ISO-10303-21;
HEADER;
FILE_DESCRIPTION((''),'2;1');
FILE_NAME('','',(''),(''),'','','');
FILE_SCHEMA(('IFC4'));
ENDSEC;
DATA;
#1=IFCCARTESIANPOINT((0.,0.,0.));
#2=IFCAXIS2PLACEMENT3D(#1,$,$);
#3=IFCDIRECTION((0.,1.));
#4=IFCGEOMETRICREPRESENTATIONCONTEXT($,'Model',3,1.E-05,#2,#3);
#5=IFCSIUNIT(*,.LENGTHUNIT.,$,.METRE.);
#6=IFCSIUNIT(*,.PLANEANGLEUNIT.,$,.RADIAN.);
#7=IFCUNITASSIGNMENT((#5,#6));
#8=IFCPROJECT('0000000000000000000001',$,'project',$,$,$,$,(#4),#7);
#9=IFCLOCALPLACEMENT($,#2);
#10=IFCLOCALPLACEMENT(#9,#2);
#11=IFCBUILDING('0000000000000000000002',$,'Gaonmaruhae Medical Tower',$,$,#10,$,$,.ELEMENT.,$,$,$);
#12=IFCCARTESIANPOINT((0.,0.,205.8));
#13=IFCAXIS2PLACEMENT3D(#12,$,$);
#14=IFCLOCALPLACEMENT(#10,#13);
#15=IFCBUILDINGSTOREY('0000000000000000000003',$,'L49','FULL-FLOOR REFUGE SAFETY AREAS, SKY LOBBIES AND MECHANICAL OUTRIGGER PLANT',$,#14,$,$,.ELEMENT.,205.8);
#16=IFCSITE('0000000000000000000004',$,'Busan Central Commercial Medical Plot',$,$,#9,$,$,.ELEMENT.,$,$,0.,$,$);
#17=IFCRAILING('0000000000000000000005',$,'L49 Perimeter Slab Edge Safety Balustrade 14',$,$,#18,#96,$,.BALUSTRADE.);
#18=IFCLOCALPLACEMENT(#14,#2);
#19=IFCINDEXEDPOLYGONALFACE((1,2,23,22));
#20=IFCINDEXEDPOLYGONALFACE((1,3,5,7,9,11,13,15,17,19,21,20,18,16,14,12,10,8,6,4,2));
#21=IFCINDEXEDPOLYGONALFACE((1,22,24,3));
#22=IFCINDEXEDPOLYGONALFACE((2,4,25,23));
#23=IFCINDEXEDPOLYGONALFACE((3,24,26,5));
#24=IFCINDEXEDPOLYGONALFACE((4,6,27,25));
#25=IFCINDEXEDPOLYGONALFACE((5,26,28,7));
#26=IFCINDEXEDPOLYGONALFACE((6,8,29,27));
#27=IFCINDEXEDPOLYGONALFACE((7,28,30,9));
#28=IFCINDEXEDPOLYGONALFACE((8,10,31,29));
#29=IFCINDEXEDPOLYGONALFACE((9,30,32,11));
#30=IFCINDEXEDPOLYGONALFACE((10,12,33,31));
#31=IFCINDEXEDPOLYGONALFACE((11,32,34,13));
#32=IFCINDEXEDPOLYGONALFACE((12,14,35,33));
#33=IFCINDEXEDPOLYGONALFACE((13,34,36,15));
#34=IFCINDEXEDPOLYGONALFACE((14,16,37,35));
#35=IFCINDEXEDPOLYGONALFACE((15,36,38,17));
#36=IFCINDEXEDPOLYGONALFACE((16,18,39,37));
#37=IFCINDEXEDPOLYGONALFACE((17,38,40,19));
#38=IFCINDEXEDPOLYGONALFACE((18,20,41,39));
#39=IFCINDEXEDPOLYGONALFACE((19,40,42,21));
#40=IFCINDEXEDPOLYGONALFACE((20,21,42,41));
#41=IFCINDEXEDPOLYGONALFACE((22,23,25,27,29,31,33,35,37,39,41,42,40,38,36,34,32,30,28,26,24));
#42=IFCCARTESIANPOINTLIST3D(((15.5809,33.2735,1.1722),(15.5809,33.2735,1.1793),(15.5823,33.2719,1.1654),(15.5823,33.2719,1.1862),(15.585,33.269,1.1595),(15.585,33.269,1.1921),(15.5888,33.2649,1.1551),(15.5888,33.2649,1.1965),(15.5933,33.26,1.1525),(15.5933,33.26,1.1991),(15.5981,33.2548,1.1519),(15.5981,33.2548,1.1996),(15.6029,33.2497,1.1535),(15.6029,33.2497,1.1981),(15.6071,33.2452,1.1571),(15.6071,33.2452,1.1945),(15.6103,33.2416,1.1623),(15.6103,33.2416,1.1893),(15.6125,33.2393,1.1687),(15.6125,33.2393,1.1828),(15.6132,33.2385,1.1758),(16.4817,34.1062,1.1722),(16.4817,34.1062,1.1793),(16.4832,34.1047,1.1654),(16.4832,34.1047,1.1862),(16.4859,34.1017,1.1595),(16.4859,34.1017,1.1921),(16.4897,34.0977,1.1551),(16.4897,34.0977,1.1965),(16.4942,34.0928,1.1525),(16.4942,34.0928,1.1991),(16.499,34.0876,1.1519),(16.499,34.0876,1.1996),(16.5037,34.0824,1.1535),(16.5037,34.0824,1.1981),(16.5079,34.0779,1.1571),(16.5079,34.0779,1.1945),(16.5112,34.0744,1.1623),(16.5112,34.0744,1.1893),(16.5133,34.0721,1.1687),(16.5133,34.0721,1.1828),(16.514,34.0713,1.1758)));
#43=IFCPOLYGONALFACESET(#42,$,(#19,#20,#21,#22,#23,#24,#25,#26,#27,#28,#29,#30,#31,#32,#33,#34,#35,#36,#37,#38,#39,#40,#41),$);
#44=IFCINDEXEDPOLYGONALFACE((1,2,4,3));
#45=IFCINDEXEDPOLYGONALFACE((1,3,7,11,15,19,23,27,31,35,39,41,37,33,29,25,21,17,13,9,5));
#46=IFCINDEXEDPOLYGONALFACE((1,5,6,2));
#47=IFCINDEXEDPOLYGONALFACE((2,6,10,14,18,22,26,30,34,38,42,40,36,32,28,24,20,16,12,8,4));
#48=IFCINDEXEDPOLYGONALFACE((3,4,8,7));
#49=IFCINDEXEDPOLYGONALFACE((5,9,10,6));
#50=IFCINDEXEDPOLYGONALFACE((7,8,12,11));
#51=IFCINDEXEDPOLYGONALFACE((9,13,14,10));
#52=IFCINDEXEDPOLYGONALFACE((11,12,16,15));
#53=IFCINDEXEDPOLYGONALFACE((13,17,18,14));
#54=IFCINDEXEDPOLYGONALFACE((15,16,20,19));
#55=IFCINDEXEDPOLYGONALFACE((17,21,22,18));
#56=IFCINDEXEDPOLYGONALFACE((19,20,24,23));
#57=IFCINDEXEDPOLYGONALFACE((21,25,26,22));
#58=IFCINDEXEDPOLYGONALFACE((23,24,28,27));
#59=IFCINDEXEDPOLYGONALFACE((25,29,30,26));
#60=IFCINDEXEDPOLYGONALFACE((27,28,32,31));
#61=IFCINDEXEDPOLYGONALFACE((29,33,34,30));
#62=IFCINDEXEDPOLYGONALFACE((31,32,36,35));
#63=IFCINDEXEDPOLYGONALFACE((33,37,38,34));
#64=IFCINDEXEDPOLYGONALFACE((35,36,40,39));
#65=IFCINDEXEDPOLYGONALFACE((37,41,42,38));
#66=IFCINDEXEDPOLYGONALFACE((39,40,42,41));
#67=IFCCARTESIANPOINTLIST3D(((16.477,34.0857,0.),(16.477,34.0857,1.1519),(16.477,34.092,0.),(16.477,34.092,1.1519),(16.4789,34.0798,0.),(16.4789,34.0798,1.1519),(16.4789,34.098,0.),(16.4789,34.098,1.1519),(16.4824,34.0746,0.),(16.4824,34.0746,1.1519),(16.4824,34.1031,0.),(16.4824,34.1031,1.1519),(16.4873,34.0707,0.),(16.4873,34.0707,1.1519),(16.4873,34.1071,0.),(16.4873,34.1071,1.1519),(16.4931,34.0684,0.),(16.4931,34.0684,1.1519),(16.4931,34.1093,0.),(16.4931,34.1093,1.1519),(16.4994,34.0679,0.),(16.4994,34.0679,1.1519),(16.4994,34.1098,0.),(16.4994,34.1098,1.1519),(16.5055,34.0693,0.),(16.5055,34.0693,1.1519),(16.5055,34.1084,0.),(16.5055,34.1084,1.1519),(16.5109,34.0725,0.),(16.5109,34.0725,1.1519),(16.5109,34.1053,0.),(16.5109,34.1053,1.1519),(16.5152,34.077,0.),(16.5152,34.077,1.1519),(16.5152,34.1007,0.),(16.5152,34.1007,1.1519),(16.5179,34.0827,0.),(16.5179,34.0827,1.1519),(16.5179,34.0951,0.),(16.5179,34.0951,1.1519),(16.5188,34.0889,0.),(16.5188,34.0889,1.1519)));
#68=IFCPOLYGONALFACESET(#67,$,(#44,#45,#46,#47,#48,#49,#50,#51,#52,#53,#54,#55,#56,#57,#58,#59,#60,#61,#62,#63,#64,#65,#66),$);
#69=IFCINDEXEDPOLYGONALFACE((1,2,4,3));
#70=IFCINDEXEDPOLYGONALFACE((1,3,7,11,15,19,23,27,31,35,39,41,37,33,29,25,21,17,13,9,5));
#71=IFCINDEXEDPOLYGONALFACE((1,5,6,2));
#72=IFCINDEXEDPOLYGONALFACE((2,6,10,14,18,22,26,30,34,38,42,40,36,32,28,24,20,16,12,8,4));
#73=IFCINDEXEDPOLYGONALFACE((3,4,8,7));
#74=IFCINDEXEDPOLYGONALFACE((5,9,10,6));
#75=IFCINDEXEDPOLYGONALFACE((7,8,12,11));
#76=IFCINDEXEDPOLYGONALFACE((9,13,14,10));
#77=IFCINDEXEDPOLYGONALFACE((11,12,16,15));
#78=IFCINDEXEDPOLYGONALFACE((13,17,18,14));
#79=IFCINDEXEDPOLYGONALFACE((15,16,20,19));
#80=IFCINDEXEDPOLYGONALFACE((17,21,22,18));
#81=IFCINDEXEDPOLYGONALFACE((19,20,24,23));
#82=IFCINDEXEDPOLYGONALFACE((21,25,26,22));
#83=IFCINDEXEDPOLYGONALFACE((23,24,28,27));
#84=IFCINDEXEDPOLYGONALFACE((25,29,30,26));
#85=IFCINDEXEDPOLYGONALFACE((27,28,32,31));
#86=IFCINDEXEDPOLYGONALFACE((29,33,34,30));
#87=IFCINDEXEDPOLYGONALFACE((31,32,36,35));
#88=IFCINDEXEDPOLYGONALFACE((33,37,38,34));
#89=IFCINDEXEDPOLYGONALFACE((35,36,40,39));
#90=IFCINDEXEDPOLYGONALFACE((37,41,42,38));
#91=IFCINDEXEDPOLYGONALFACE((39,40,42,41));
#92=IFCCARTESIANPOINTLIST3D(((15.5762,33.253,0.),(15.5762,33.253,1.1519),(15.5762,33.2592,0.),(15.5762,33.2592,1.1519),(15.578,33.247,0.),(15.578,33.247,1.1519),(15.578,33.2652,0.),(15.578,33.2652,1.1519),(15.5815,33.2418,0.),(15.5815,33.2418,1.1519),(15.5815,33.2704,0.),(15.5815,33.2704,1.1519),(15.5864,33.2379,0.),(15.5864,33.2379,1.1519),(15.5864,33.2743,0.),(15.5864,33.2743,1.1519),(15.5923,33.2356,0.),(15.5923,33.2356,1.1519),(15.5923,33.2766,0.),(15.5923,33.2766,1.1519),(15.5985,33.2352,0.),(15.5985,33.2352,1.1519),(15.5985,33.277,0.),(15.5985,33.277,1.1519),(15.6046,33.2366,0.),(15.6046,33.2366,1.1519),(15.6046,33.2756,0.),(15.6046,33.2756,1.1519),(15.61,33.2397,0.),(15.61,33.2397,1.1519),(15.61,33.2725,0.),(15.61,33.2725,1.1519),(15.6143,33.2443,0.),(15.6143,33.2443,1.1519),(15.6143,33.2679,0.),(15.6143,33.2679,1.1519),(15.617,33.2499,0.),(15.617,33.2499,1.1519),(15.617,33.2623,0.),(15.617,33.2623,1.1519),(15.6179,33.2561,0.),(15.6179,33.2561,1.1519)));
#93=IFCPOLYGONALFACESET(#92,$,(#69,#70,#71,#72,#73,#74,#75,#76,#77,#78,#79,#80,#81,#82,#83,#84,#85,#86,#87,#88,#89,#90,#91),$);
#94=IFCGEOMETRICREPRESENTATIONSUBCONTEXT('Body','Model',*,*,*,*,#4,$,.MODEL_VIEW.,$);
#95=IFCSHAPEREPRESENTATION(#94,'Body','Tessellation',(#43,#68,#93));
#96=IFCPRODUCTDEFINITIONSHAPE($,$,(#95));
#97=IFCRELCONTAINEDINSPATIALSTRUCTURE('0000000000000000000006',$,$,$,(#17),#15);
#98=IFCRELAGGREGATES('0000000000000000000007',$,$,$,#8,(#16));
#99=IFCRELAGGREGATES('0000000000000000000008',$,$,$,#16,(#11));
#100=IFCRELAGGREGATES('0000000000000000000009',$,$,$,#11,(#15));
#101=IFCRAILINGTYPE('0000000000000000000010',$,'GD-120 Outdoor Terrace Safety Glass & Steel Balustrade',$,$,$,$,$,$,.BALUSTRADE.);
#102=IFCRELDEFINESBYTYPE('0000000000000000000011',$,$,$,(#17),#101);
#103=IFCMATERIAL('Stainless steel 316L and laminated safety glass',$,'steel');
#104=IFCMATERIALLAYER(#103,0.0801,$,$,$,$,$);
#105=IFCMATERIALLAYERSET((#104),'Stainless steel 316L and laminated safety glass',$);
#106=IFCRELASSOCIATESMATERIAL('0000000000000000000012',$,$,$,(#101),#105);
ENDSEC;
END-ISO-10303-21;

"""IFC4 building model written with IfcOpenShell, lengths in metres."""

from ifc_helpers import new_model, si_unit, direction, frame, origin, origin_2d, place, context, subcontext, project, spatial, circle, extrude, material, layer, layer_set, type_object, element, save


model = new_model("IFC4")

# Units and contexts
model_context = context("Model", 3, precision=1e-05, world=origin(), true_north=direction((0.0, 1.0)))
body_context = subcontext(model_context, "Body", "Model", "MODEL_VIEW")
ifc_project = project(units=[si_unit("LENGTHUNIT", "METRE"), si_unit("PLANEANGLEUNIT", "RADIAN")], contexts=[model_context])

# Site, building, storey
site_placement = place(None, origin())
site = spatial("IfcSite", under=ifc_project, at=site_placement, Name="Busan Central Commercial Medical Plot", CompositionType="ELEMENT", RefElevation=0.0)
building_placement = place(site_placement, origin())
building = spatial("IfcBuilding", under=site, at=building_placement, Name="Gaonmaruhae Medical Tower", CompositionType="ELEMENT")
storey_placement = place(building_placement, frame((0.0, 0.0, 205.8)))
storey = spatial("IfcBuildingStorey", under=building, at=storey_placement, Name="L49", Description="FULL-FLOOR REFUGE SAFETY AREAS, SKY LOBBIES AND MECHANICAL OUTRIGGER PLANT", CompositionType="ELEMENT", Elevation=205.8)

# Railing
ifc_material_1 = material(Name="Stainless steel 316L and laminated safety glass", Category="steel")
ifc_layer_1 = layer(ifc_material_1, 0.0801)
ifc_layer_set_1 = layer_set([ifc_layer_1], Name="Stainless steel 316L and laminated safety glass")
railing_type = type_object("IfcRailingType", Name="GD-120 Outdoor Terrace Safety Glass & Steel Balustrade", PredefinedType="BALUSTRADE", material=ifc_layer_set_1)
railing_1_placement = place(storey_placement, frame((16.4978, 34.0889, 0.0)))
element("IfcRailing", 1, at=railing_1_placement, inside=storey, type_object=railing_type, Name="L49 Perimeter Slab Edge Safety Balustrade 14", PredefinedType="BALUSTRADE", context=body_context, shape_type="SweptSolid", body=[
    extrude(circle(Radius=0.0239, at=origin_2d()), frame((0.0, 0.0, 1.1758), z_axis=(-0.734323, -0.678801, 0.0), x_axis=(0.678801, -0.734323, 0.0)), (0.0, 0.0, 1.0), 1.2268),
    extrude(circle(Radius=0.021, at=origin_2d()), origin(), (0.0, 0.0, 1.0), 1.1519),
    extrude(circle(Radius=0.021, at=origin_2d()), frame((-0.9009, -0.8328, 0.0)), (0.0, 0.0, 1.0), 1.1519),
])

save(model, "model.ifc")
